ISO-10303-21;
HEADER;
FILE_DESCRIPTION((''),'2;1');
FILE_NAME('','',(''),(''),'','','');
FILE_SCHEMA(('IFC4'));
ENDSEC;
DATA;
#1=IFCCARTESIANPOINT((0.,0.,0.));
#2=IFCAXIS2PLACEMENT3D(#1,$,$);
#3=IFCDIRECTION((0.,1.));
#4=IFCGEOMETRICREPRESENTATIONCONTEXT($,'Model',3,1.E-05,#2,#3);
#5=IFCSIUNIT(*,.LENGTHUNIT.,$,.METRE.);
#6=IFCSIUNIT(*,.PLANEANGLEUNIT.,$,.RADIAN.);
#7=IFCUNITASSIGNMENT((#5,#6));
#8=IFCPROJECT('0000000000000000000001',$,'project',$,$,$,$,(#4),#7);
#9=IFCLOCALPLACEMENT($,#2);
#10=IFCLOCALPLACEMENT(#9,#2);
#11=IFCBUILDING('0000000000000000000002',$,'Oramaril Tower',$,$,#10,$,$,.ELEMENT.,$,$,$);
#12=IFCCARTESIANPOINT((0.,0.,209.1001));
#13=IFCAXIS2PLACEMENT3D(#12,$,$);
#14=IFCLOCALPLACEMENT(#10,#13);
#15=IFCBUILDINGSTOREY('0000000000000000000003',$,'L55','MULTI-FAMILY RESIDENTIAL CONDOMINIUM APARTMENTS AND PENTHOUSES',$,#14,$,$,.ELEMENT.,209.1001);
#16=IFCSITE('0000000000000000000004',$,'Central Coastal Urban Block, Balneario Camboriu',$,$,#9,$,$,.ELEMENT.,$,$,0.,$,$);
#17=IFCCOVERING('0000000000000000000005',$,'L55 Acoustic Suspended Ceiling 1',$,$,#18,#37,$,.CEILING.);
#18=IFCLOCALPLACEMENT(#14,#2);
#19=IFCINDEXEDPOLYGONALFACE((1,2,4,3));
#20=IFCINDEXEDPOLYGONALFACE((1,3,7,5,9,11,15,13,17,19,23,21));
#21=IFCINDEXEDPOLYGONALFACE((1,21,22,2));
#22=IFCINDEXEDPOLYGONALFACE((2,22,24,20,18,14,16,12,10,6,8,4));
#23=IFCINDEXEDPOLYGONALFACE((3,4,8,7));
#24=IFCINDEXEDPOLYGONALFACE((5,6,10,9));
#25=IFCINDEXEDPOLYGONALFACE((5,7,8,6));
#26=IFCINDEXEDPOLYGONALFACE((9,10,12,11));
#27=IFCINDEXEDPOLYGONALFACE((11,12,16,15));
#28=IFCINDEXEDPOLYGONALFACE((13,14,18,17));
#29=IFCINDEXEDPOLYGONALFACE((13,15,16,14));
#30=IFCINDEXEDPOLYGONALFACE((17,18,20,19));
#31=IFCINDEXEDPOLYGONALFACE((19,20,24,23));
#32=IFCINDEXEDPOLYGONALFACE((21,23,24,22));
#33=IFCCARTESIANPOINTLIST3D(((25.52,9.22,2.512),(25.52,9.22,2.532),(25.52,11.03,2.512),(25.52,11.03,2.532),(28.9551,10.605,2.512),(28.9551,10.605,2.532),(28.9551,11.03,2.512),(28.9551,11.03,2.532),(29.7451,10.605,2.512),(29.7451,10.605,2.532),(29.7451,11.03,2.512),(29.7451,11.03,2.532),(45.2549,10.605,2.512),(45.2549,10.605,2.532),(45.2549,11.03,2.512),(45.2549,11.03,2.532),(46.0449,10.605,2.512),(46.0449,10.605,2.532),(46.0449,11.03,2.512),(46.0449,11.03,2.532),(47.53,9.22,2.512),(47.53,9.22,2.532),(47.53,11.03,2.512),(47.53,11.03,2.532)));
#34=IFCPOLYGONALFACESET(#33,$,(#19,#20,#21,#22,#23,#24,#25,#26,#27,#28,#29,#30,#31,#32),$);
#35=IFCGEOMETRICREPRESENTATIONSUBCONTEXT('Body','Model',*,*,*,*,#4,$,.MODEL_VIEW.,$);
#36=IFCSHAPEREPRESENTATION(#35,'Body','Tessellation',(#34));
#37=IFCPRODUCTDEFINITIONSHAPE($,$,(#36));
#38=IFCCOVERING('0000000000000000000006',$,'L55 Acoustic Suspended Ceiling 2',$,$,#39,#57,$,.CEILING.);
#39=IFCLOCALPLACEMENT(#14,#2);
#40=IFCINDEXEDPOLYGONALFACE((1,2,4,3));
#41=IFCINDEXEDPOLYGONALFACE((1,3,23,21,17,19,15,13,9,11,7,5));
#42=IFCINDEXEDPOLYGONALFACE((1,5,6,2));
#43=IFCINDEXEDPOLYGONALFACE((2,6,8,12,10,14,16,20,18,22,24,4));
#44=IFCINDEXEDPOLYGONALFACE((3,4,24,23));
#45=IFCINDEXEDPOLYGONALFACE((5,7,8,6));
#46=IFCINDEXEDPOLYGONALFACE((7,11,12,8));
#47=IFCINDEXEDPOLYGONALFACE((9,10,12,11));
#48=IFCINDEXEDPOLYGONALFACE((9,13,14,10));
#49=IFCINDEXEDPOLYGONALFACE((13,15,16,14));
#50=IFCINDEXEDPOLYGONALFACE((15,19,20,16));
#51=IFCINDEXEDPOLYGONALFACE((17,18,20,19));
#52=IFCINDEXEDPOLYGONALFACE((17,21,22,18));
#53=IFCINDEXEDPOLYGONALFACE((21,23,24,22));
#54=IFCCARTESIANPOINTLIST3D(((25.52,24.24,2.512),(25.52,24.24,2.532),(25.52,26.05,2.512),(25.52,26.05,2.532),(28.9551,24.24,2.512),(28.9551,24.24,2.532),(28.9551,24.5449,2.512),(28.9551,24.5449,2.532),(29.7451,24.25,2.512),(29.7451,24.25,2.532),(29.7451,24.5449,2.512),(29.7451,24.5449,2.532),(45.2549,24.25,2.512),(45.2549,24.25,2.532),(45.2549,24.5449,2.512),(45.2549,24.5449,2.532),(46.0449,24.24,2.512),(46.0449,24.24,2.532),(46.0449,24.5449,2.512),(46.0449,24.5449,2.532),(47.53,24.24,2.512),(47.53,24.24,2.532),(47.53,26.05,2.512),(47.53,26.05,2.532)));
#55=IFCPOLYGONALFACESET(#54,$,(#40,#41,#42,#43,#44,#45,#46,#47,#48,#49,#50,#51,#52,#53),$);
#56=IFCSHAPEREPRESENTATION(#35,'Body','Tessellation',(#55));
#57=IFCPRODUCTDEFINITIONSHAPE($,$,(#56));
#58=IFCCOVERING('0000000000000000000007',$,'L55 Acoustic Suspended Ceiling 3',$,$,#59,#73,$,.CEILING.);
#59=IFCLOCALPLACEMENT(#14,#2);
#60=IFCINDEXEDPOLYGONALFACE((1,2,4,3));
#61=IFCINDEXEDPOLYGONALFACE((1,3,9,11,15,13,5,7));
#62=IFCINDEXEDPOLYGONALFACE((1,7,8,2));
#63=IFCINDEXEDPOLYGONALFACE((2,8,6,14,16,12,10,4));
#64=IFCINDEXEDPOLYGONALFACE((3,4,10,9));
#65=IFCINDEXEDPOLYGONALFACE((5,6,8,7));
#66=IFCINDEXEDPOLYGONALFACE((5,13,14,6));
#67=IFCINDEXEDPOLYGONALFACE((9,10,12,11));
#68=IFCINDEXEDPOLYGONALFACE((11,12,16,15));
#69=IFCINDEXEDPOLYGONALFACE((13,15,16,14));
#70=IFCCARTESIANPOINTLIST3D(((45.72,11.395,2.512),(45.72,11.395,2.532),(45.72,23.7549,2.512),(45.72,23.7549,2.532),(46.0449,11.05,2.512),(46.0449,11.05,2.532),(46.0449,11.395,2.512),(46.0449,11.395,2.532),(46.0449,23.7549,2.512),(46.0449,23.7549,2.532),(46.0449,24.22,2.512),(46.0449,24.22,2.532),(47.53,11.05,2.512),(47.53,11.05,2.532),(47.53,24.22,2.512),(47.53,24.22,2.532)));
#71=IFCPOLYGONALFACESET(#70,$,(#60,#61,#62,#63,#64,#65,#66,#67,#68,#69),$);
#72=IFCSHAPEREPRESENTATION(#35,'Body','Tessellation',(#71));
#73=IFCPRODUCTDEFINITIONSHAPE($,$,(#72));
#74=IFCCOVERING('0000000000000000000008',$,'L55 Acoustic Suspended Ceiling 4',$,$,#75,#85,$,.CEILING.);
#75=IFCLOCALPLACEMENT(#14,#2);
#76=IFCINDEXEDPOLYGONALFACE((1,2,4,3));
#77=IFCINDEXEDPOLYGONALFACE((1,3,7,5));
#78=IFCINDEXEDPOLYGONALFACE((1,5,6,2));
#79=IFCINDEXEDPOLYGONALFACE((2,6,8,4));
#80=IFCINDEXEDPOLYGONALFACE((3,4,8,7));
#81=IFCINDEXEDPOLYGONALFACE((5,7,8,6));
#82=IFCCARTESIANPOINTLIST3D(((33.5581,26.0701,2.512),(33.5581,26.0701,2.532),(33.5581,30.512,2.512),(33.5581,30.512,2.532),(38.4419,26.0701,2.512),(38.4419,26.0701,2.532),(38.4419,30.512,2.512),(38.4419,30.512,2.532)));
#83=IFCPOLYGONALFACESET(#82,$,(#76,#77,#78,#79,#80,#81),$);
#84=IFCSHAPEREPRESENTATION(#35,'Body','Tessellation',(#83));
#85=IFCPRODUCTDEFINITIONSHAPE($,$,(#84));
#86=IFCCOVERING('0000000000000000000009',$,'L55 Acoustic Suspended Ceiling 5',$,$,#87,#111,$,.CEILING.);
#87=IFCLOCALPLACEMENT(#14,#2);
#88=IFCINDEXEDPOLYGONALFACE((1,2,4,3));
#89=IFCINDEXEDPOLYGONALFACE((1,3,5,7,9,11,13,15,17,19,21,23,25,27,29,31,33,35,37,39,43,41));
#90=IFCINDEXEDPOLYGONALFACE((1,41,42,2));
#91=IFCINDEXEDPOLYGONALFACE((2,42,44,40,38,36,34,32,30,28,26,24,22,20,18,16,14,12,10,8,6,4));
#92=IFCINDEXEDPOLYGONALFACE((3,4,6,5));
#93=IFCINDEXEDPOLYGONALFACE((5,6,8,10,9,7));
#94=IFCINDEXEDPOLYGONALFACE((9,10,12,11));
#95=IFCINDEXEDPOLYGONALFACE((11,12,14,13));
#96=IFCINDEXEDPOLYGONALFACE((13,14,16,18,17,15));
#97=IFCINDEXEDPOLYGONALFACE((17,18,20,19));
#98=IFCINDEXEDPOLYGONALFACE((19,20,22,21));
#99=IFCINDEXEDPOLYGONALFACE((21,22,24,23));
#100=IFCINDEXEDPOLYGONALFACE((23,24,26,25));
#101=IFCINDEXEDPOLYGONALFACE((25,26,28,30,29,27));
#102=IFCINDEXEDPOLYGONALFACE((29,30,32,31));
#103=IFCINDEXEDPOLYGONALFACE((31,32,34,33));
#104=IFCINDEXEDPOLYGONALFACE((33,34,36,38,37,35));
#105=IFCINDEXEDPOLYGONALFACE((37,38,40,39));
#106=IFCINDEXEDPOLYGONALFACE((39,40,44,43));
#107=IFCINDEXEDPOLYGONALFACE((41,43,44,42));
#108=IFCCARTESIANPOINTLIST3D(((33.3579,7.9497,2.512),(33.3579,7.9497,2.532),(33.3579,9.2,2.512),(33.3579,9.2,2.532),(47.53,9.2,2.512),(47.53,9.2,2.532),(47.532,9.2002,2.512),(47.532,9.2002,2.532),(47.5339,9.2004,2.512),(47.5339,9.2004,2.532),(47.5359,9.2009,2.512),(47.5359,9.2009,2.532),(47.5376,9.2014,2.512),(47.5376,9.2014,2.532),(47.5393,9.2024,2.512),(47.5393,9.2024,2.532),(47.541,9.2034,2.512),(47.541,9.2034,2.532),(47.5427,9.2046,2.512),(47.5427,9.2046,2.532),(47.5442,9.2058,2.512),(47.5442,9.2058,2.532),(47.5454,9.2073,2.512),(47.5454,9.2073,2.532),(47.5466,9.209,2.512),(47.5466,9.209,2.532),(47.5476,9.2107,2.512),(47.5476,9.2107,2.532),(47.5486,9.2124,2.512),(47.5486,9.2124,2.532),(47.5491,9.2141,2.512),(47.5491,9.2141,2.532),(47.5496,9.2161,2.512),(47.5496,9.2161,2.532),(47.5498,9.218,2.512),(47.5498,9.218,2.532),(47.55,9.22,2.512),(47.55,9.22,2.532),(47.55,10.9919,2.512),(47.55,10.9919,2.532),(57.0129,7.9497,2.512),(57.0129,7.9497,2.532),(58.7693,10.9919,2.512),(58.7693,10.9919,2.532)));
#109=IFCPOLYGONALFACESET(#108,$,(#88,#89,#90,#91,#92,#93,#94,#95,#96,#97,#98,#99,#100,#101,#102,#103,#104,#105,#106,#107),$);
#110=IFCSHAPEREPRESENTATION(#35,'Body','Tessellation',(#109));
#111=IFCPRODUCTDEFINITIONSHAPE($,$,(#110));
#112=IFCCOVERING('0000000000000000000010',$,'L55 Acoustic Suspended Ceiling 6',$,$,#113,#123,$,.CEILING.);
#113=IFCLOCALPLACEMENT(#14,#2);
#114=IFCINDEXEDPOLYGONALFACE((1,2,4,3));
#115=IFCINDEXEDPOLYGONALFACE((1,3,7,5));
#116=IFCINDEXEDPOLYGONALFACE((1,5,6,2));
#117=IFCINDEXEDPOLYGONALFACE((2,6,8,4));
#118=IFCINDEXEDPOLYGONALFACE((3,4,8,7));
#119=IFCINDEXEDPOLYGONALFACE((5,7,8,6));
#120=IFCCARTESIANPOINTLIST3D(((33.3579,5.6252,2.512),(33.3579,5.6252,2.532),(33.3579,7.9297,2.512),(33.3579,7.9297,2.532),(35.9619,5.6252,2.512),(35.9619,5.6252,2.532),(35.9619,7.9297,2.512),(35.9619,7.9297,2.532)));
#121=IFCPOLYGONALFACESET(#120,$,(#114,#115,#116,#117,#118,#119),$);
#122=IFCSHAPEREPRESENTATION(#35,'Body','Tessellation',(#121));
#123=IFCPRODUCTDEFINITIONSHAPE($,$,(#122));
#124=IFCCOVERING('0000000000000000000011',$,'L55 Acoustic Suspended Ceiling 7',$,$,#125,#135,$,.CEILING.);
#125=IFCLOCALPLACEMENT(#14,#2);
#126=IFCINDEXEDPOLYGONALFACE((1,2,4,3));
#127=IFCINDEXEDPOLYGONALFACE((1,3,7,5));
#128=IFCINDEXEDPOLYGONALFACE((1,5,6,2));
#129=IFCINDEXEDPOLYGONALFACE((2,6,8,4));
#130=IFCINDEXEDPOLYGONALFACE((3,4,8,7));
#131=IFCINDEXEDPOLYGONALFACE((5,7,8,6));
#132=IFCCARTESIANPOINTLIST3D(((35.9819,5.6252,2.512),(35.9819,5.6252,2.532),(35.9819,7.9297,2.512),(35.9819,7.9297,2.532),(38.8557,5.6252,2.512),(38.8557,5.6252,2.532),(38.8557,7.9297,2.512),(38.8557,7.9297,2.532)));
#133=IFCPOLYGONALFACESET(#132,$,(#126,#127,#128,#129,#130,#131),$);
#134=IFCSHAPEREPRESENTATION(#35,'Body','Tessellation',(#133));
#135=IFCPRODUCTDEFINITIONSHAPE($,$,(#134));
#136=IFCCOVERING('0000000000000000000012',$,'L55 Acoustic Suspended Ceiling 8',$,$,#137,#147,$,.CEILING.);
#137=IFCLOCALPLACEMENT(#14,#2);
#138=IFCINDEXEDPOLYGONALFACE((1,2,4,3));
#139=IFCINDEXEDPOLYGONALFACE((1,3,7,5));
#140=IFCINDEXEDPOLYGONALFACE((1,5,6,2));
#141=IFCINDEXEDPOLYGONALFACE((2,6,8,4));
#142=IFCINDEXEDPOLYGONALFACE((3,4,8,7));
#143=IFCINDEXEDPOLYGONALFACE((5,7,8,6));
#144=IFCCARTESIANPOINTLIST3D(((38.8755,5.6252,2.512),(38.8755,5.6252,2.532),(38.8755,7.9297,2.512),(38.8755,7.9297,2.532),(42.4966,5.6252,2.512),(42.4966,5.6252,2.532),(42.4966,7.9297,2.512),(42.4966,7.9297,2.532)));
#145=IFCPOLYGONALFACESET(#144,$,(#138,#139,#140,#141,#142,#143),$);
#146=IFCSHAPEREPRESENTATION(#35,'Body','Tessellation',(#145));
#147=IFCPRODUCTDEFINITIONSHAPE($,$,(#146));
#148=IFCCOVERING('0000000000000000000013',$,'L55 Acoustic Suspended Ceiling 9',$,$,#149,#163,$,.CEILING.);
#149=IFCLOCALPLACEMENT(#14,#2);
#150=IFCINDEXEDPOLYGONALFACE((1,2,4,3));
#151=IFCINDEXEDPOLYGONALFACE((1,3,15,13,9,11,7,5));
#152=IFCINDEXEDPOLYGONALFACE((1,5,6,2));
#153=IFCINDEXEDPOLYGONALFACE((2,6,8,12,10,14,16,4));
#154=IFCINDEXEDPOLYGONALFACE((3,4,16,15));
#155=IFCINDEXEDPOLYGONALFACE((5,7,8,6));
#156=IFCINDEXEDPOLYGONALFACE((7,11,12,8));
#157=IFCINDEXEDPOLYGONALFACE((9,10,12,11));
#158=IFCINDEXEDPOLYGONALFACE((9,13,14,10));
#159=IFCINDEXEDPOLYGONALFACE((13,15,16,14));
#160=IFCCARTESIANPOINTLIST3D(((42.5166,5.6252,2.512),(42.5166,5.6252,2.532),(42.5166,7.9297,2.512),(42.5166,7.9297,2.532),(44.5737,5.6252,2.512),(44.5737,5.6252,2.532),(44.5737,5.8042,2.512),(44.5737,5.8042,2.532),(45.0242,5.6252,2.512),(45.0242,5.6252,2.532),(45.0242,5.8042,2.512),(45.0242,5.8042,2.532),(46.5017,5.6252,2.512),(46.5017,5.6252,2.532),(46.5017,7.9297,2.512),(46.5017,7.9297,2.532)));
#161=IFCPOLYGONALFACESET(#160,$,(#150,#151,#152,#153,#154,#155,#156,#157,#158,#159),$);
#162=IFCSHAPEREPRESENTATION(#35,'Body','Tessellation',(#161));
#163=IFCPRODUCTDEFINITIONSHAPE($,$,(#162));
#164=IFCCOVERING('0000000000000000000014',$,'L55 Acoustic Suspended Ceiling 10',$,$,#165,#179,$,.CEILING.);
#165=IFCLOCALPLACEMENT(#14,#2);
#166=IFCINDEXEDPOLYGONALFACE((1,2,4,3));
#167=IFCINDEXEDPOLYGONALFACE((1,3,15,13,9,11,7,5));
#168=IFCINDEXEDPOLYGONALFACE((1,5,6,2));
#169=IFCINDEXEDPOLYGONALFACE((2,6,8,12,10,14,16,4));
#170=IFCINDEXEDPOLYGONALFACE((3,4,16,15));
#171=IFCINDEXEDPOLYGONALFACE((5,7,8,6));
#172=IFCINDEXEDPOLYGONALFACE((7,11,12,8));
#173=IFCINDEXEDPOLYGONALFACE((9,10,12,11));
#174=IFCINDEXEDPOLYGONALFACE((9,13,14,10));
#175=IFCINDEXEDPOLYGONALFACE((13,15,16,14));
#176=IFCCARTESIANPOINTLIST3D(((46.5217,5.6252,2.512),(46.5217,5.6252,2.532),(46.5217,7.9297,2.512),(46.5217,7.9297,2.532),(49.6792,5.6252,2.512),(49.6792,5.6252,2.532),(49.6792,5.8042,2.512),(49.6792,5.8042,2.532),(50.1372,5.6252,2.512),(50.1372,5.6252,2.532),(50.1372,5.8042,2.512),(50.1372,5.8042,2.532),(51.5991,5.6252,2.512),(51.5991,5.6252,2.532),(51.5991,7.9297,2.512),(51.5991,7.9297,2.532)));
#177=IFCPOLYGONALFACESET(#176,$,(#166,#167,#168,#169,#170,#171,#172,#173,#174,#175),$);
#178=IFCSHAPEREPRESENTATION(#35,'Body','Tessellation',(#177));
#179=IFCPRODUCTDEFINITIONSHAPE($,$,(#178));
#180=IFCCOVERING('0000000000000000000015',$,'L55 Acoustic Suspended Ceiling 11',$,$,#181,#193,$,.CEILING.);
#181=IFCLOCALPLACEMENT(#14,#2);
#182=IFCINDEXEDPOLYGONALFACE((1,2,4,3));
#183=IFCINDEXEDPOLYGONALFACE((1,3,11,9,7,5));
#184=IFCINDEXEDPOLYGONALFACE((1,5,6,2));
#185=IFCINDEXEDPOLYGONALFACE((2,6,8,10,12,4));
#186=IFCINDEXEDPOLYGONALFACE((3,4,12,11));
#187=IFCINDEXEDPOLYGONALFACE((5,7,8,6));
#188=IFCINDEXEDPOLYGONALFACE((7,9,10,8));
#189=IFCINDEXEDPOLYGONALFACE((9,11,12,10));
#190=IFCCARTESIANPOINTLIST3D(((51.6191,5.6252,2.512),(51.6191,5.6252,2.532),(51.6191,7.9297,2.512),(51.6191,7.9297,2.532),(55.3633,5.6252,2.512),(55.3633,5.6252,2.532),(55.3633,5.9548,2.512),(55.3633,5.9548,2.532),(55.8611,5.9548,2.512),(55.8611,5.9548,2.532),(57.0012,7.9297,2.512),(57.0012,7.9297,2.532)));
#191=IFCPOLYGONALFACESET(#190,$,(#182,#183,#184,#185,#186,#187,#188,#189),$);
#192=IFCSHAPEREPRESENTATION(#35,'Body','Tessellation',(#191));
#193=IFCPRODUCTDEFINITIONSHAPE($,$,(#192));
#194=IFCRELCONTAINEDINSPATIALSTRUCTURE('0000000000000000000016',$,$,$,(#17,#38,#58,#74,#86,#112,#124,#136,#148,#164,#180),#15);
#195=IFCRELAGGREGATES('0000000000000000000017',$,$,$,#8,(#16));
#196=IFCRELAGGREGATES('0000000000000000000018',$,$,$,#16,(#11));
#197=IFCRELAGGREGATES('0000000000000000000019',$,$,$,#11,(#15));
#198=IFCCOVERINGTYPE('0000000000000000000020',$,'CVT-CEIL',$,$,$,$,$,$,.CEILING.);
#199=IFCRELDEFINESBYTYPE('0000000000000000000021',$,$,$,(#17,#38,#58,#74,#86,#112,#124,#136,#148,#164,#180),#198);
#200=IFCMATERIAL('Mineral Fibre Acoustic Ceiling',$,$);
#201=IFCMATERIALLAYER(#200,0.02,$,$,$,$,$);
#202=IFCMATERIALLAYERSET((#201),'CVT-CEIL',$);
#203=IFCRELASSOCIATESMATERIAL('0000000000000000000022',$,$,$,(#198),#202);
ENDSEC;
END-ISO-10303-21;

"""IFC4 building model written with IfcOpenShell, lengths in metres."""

from ifc_helpers import new_model, si_unit, direction, frame, origin, place, context, subcontext, project, spatial, polyline, outline, extrude, material, layer, layer_set, type_object, element, save


model = new_model("IFC4")

# Units and contexts
model_context = context("Model", 3, precision=1e-05, world=origin(), true_north=direction((0.0, 1.0)))
body_context = subcontext(model_context, "Body", "Model", "MODEL_VIEW")
ifc_project = project(units=[si_unit("LENGTHUNIT", "METRE"), si_unit("PLANEANGLEUNIT", "RADIAN")], contexts=[model_context])

# Site, building, storey
site_placement = place(None, origin())
site = spatial("IfcSite", under=ifc_project, at=site_placement, Name="Central Coastal Urban Block, Balneario Camboriu", CompositionType="ELEMENT", RefElevation=0.0)
building_placement = place(site_placement, origin())
building = spatial("IfcBuilding", under=site, at=building_placement, Name="Oramaril Tower", CompositionType="ELEMENT")
storey_placement = place(building_placement, frame((0.0, 0.0, 209.1001)))
storey = spatial("IfcBuildingStorey", under=building, at=storey_placement, Name="L55", Description="MULTI-FAMILY RESIDENTIAL CONDOMINIUM APARTMENTS AND PENTHOUSES", CompositionType="ELEMENT", Elevation=209.1001)

# Coverings
ifc_material_1 = material(Name="Mineral Fibre Acoustic Ceiling")
ifc_layer_1 = layer(ifc_material_1, 0.02)
ifc_layer_set_1 = layer_set([ifc_layer_1], Name="CVT-CEIL")
covering_type_1 = type_object("IfcCoveringType", Name="CVT-CEIL", PredefinedType="CEILING", material=ifc_layer_set_1)
covering_1_placement = place(storey_placement, frame((0.0, 0.0, 2.512)))
element("IfcCovering", 1, at=covering_1_placement, inside=storey, type_object=covering_type_1, Name="L55 Acoustic Suspended Ceiling 1", PredefinedType="CEILING", context=body_context, shape_type="SweptSolid", body=[
    extrude(outline(polyline([(28.9551, 10.605), (29.7451, 10.605), (29.7451, 11.03), (45.2549, 11.03), (45.2549, 10.605), (46.0449, 10.605), (46.0449, 11.03), (47.53, 11.03), (47.53, 9.22), (25.52, 9.22), (25.52, 11.03), (28.9551, 11.03), (28.9551, 10.605)])), origin(), (0.0, 0.0, 1.0), 0.02),
])
covering_2_placement = place(storey_placement, frame((0.0, 0.0, 2.512)))
element("IfcCovering", 2, at=covering_2_placement, inside=storey, type_object=covering_type_1, Name="L55 Acoustic Suspended Ceiling 2", PredefinedType="CEILING", context=body_context, shape_type="SweptSolid", body=[
    extrude(outline(polyline([(47.53, 24.24), (46.0449, 24.24), (46.0449, 24.5449), (45.2549, 24.5449), (45.2549, 24.25), (29.7451, 24.25), (29.7451, 24.5449), (28.9551, 24.5449), (28.9551, 24.24), (25.52, 24.24), (25.52, 26.05), (47.53, 26.05), (47.53, 24.24)])), origin(), (0.0, 0.0, 1.0), 0.02),
])
covering_3_placement = place(storey_placement, frame((0.0, 0.0, 2.512)))
element("IfcCovering", 3, at=covering_3_placement, inside=storey, type_object=covering_type_1, Name="L55 Acoustic Suspended Ceiling 3", PredefinedType="CEILING", context=body_context, shape_type="SweptSolid", body=[
    extrude(outline(polyline([(47.53, 11.05), (46.0449, 11.05), (46.0449, 11.395), (45.72, 11.395), (45.72, 23.7549), (46.0449, 23.7549), (46.0449, 24.22), (47.53, 24.22), (47.53, 11.05)])), origin(), (0.0, 0.0, 1.0), 0.02),
])
covering_4_placement = place(storey_placement, frame((0.0, 0.0, 2.512)))
element("IfcCovering", 4, at=covering_4_placement, inside=storey, type_object=covering_type_1, Name="L55 Acoustic Suspended Ceiling 4", PredefinedType="CEILING", context=body_context, shape_type="SweptSolid", body=[
    extrude(outline(polyline([(38.4419, 30.512), (38.4419, 26.0701), (33.5581, 26.0701), (33.5581, 30.512), (38.4419, 30.512)])), origin(), (0.0, 0.0, 1.0), 0.02),
])
covering_5_placement = place(storey_placement, frame((0.0, 0.0, 2.512)))
element("IfcCovering", 5, at=covering_5_placement, inside=storey, type_object=covering_type_1, Name="L55 Acoustic Suspended Ceiling 5", PredefinedType="CEILING", context=body_context, shape_type="SweptSolid", body=[
    extrude(outline(polyline([(58.7693, 10.9919), (57.0129, 7.9497), (33.3579, 7.9497), (33.3579, 9.2), (47.53, 9.2), (47.532, 9.2002), (47.5339, 9.2004), (47.5359, 9.2009), (47.5376, 9.2014), (47.5393, 9.2024), (47.541, 9.2034), (47.5427, 9.2046), (47.5442, 9.2058), (47.5454, 9.2073), (47.5466, 9.209), (47.5476, 9.2107), (47.5486, 9.2124), (47.5491, 9.2141), (47.5496, 9.2161), (47.5498, 9.218), (47.55, 9.22), (47.55, 10.9919), (58.7693, 10.9919)])), origin(), (0.0, 0.0, 1.0), 0.02),
])
covering_6_placement = place(storey_placement, frame((0.0, 0.0, 2.512)))
element("IfcCovering", 6, at=covering_6_placement, inside=storey, type_object=covering_type_1, Name="L55 Acoustic Suspended Ceiling 6", PredefinedType="CEILING", context=body_context, shape_type="SweptSolid", body=[
    extrude(outline(polyline([(35.9619, 5.6252), (33.3579, 5.6252), (33.3579, 7.9297), (35.9619, 7.9297), (35.9619, 5.6252)])), origin(), (0.0, 0.0, 1.0), 0.02),
])
covering_7_placement = place(storey_placement, frame((0.0, 0.0, 2.512)))
element("IfcCovering", 7, at=covering_7_placement, inside=storey, type_object=covering_type_1, Name="L55 Acoustic Suspended Ceiling 7", PredefinedType="CEILING", context=body_context, shape_type="SweptSolid", body=[
    extrude(outline(polyline([(35.9819, 5.6252), (35.9819, 7.9297), (38.8557, 7.9297), (38.8557, 5.6252), (35.9819, 5.6252)])), origin(), (0.0, 0.0, 1.0), 0.02),
])
covering_8_placement = place(storey_placement, frame((0.0, 0.0, 2.512)))
element("IfcCovering", 8, at=covering_8_placement, inside=storey, type_object=covering_type_1, Name="L55 Acoustic Suspended Ceiling 8", PredefinedType="CEILING", context=body_context, shape_type="SweptSolid", body=[
    extrude(outline(polyline([(38.8755, 5.6252), (38.8755, 7.9297), (42.4966, 7.9297), (42.4966, 5.6252), (38.8755, 5.6252)])), origin(), (0.0, 0.0, 1.0), 0.02),
])
covering_9_placement = place(storey_placement, frame((0.0, 0.0, 2.512)))
element("IfcCovering", 9, at=covering_9_placement, inside=storey, type_object=covering_type_1, Name="L55 Acoustic Suspended Ceiling 9", PredefinedType="CEILING", context=body_context, shape_type="SweptSolid", body=[
    extrude(outline(polyline([(45.0242, 5.6252), (45.0242, 5.8042), (44.5737, 5.8042), (44.5737, 5.6252), (42.5166, 5.6252), (42.5166, 7.9297), (46.5017, 7.9297), (46.5017, 5.6252), (45.0242, 5.6252)])), origin(), (0.0, 0.0, 1.0), 0.02),
])
covering_10_placement = place(storey_placement, frame((0.0, 0.0, 2.512)))
element("IfcCovering", 10, at=covering_10_placement, inside=storey, type_object=covering_type_1, Name="L55 Acoustic Suspended Ceiling 10", PredefinedType="CEILING", context=body_context, shape_type="SweptSolid", body=[
    extrude(outline(polyline([(50.1372, 5.6252), (50.1372, 5.8042), (49.6792, 5.8042), (49.6792, 5.6252), (46.5217, 5.6252), (46.5217, 7.9297), (51.5991, 7.9297), (51.5991, 5.6252), (50.1372, 5.6252)])), origin(), (0.0, 0.0, 1.0), 0.02),
])
covering_11_placement = place(storey_placement, frame((0.0, 0.0, 2.512)))
element("IfcCovering", 11, at=covering_11_placement, inside=storey, type_object=covering_type_1, Name="L55 Acoustic Suspended Ceiling 11", PredefinedType="CEILING", context=body_context, shape_type="SweptSolid", body=[
    extrude(outline(polyline([(55.3633, 5.9548), (55.3633, 5.6252), (51.6191, 5.6252), (51.6191, 7.9297), (57.0012, 7.9297), (55.8611, 5.9548), (55.3633, 5.9548)])), origin(), (0.0, 0.0, 1.0), 0.02),
])

save(model, "model.ifc")
